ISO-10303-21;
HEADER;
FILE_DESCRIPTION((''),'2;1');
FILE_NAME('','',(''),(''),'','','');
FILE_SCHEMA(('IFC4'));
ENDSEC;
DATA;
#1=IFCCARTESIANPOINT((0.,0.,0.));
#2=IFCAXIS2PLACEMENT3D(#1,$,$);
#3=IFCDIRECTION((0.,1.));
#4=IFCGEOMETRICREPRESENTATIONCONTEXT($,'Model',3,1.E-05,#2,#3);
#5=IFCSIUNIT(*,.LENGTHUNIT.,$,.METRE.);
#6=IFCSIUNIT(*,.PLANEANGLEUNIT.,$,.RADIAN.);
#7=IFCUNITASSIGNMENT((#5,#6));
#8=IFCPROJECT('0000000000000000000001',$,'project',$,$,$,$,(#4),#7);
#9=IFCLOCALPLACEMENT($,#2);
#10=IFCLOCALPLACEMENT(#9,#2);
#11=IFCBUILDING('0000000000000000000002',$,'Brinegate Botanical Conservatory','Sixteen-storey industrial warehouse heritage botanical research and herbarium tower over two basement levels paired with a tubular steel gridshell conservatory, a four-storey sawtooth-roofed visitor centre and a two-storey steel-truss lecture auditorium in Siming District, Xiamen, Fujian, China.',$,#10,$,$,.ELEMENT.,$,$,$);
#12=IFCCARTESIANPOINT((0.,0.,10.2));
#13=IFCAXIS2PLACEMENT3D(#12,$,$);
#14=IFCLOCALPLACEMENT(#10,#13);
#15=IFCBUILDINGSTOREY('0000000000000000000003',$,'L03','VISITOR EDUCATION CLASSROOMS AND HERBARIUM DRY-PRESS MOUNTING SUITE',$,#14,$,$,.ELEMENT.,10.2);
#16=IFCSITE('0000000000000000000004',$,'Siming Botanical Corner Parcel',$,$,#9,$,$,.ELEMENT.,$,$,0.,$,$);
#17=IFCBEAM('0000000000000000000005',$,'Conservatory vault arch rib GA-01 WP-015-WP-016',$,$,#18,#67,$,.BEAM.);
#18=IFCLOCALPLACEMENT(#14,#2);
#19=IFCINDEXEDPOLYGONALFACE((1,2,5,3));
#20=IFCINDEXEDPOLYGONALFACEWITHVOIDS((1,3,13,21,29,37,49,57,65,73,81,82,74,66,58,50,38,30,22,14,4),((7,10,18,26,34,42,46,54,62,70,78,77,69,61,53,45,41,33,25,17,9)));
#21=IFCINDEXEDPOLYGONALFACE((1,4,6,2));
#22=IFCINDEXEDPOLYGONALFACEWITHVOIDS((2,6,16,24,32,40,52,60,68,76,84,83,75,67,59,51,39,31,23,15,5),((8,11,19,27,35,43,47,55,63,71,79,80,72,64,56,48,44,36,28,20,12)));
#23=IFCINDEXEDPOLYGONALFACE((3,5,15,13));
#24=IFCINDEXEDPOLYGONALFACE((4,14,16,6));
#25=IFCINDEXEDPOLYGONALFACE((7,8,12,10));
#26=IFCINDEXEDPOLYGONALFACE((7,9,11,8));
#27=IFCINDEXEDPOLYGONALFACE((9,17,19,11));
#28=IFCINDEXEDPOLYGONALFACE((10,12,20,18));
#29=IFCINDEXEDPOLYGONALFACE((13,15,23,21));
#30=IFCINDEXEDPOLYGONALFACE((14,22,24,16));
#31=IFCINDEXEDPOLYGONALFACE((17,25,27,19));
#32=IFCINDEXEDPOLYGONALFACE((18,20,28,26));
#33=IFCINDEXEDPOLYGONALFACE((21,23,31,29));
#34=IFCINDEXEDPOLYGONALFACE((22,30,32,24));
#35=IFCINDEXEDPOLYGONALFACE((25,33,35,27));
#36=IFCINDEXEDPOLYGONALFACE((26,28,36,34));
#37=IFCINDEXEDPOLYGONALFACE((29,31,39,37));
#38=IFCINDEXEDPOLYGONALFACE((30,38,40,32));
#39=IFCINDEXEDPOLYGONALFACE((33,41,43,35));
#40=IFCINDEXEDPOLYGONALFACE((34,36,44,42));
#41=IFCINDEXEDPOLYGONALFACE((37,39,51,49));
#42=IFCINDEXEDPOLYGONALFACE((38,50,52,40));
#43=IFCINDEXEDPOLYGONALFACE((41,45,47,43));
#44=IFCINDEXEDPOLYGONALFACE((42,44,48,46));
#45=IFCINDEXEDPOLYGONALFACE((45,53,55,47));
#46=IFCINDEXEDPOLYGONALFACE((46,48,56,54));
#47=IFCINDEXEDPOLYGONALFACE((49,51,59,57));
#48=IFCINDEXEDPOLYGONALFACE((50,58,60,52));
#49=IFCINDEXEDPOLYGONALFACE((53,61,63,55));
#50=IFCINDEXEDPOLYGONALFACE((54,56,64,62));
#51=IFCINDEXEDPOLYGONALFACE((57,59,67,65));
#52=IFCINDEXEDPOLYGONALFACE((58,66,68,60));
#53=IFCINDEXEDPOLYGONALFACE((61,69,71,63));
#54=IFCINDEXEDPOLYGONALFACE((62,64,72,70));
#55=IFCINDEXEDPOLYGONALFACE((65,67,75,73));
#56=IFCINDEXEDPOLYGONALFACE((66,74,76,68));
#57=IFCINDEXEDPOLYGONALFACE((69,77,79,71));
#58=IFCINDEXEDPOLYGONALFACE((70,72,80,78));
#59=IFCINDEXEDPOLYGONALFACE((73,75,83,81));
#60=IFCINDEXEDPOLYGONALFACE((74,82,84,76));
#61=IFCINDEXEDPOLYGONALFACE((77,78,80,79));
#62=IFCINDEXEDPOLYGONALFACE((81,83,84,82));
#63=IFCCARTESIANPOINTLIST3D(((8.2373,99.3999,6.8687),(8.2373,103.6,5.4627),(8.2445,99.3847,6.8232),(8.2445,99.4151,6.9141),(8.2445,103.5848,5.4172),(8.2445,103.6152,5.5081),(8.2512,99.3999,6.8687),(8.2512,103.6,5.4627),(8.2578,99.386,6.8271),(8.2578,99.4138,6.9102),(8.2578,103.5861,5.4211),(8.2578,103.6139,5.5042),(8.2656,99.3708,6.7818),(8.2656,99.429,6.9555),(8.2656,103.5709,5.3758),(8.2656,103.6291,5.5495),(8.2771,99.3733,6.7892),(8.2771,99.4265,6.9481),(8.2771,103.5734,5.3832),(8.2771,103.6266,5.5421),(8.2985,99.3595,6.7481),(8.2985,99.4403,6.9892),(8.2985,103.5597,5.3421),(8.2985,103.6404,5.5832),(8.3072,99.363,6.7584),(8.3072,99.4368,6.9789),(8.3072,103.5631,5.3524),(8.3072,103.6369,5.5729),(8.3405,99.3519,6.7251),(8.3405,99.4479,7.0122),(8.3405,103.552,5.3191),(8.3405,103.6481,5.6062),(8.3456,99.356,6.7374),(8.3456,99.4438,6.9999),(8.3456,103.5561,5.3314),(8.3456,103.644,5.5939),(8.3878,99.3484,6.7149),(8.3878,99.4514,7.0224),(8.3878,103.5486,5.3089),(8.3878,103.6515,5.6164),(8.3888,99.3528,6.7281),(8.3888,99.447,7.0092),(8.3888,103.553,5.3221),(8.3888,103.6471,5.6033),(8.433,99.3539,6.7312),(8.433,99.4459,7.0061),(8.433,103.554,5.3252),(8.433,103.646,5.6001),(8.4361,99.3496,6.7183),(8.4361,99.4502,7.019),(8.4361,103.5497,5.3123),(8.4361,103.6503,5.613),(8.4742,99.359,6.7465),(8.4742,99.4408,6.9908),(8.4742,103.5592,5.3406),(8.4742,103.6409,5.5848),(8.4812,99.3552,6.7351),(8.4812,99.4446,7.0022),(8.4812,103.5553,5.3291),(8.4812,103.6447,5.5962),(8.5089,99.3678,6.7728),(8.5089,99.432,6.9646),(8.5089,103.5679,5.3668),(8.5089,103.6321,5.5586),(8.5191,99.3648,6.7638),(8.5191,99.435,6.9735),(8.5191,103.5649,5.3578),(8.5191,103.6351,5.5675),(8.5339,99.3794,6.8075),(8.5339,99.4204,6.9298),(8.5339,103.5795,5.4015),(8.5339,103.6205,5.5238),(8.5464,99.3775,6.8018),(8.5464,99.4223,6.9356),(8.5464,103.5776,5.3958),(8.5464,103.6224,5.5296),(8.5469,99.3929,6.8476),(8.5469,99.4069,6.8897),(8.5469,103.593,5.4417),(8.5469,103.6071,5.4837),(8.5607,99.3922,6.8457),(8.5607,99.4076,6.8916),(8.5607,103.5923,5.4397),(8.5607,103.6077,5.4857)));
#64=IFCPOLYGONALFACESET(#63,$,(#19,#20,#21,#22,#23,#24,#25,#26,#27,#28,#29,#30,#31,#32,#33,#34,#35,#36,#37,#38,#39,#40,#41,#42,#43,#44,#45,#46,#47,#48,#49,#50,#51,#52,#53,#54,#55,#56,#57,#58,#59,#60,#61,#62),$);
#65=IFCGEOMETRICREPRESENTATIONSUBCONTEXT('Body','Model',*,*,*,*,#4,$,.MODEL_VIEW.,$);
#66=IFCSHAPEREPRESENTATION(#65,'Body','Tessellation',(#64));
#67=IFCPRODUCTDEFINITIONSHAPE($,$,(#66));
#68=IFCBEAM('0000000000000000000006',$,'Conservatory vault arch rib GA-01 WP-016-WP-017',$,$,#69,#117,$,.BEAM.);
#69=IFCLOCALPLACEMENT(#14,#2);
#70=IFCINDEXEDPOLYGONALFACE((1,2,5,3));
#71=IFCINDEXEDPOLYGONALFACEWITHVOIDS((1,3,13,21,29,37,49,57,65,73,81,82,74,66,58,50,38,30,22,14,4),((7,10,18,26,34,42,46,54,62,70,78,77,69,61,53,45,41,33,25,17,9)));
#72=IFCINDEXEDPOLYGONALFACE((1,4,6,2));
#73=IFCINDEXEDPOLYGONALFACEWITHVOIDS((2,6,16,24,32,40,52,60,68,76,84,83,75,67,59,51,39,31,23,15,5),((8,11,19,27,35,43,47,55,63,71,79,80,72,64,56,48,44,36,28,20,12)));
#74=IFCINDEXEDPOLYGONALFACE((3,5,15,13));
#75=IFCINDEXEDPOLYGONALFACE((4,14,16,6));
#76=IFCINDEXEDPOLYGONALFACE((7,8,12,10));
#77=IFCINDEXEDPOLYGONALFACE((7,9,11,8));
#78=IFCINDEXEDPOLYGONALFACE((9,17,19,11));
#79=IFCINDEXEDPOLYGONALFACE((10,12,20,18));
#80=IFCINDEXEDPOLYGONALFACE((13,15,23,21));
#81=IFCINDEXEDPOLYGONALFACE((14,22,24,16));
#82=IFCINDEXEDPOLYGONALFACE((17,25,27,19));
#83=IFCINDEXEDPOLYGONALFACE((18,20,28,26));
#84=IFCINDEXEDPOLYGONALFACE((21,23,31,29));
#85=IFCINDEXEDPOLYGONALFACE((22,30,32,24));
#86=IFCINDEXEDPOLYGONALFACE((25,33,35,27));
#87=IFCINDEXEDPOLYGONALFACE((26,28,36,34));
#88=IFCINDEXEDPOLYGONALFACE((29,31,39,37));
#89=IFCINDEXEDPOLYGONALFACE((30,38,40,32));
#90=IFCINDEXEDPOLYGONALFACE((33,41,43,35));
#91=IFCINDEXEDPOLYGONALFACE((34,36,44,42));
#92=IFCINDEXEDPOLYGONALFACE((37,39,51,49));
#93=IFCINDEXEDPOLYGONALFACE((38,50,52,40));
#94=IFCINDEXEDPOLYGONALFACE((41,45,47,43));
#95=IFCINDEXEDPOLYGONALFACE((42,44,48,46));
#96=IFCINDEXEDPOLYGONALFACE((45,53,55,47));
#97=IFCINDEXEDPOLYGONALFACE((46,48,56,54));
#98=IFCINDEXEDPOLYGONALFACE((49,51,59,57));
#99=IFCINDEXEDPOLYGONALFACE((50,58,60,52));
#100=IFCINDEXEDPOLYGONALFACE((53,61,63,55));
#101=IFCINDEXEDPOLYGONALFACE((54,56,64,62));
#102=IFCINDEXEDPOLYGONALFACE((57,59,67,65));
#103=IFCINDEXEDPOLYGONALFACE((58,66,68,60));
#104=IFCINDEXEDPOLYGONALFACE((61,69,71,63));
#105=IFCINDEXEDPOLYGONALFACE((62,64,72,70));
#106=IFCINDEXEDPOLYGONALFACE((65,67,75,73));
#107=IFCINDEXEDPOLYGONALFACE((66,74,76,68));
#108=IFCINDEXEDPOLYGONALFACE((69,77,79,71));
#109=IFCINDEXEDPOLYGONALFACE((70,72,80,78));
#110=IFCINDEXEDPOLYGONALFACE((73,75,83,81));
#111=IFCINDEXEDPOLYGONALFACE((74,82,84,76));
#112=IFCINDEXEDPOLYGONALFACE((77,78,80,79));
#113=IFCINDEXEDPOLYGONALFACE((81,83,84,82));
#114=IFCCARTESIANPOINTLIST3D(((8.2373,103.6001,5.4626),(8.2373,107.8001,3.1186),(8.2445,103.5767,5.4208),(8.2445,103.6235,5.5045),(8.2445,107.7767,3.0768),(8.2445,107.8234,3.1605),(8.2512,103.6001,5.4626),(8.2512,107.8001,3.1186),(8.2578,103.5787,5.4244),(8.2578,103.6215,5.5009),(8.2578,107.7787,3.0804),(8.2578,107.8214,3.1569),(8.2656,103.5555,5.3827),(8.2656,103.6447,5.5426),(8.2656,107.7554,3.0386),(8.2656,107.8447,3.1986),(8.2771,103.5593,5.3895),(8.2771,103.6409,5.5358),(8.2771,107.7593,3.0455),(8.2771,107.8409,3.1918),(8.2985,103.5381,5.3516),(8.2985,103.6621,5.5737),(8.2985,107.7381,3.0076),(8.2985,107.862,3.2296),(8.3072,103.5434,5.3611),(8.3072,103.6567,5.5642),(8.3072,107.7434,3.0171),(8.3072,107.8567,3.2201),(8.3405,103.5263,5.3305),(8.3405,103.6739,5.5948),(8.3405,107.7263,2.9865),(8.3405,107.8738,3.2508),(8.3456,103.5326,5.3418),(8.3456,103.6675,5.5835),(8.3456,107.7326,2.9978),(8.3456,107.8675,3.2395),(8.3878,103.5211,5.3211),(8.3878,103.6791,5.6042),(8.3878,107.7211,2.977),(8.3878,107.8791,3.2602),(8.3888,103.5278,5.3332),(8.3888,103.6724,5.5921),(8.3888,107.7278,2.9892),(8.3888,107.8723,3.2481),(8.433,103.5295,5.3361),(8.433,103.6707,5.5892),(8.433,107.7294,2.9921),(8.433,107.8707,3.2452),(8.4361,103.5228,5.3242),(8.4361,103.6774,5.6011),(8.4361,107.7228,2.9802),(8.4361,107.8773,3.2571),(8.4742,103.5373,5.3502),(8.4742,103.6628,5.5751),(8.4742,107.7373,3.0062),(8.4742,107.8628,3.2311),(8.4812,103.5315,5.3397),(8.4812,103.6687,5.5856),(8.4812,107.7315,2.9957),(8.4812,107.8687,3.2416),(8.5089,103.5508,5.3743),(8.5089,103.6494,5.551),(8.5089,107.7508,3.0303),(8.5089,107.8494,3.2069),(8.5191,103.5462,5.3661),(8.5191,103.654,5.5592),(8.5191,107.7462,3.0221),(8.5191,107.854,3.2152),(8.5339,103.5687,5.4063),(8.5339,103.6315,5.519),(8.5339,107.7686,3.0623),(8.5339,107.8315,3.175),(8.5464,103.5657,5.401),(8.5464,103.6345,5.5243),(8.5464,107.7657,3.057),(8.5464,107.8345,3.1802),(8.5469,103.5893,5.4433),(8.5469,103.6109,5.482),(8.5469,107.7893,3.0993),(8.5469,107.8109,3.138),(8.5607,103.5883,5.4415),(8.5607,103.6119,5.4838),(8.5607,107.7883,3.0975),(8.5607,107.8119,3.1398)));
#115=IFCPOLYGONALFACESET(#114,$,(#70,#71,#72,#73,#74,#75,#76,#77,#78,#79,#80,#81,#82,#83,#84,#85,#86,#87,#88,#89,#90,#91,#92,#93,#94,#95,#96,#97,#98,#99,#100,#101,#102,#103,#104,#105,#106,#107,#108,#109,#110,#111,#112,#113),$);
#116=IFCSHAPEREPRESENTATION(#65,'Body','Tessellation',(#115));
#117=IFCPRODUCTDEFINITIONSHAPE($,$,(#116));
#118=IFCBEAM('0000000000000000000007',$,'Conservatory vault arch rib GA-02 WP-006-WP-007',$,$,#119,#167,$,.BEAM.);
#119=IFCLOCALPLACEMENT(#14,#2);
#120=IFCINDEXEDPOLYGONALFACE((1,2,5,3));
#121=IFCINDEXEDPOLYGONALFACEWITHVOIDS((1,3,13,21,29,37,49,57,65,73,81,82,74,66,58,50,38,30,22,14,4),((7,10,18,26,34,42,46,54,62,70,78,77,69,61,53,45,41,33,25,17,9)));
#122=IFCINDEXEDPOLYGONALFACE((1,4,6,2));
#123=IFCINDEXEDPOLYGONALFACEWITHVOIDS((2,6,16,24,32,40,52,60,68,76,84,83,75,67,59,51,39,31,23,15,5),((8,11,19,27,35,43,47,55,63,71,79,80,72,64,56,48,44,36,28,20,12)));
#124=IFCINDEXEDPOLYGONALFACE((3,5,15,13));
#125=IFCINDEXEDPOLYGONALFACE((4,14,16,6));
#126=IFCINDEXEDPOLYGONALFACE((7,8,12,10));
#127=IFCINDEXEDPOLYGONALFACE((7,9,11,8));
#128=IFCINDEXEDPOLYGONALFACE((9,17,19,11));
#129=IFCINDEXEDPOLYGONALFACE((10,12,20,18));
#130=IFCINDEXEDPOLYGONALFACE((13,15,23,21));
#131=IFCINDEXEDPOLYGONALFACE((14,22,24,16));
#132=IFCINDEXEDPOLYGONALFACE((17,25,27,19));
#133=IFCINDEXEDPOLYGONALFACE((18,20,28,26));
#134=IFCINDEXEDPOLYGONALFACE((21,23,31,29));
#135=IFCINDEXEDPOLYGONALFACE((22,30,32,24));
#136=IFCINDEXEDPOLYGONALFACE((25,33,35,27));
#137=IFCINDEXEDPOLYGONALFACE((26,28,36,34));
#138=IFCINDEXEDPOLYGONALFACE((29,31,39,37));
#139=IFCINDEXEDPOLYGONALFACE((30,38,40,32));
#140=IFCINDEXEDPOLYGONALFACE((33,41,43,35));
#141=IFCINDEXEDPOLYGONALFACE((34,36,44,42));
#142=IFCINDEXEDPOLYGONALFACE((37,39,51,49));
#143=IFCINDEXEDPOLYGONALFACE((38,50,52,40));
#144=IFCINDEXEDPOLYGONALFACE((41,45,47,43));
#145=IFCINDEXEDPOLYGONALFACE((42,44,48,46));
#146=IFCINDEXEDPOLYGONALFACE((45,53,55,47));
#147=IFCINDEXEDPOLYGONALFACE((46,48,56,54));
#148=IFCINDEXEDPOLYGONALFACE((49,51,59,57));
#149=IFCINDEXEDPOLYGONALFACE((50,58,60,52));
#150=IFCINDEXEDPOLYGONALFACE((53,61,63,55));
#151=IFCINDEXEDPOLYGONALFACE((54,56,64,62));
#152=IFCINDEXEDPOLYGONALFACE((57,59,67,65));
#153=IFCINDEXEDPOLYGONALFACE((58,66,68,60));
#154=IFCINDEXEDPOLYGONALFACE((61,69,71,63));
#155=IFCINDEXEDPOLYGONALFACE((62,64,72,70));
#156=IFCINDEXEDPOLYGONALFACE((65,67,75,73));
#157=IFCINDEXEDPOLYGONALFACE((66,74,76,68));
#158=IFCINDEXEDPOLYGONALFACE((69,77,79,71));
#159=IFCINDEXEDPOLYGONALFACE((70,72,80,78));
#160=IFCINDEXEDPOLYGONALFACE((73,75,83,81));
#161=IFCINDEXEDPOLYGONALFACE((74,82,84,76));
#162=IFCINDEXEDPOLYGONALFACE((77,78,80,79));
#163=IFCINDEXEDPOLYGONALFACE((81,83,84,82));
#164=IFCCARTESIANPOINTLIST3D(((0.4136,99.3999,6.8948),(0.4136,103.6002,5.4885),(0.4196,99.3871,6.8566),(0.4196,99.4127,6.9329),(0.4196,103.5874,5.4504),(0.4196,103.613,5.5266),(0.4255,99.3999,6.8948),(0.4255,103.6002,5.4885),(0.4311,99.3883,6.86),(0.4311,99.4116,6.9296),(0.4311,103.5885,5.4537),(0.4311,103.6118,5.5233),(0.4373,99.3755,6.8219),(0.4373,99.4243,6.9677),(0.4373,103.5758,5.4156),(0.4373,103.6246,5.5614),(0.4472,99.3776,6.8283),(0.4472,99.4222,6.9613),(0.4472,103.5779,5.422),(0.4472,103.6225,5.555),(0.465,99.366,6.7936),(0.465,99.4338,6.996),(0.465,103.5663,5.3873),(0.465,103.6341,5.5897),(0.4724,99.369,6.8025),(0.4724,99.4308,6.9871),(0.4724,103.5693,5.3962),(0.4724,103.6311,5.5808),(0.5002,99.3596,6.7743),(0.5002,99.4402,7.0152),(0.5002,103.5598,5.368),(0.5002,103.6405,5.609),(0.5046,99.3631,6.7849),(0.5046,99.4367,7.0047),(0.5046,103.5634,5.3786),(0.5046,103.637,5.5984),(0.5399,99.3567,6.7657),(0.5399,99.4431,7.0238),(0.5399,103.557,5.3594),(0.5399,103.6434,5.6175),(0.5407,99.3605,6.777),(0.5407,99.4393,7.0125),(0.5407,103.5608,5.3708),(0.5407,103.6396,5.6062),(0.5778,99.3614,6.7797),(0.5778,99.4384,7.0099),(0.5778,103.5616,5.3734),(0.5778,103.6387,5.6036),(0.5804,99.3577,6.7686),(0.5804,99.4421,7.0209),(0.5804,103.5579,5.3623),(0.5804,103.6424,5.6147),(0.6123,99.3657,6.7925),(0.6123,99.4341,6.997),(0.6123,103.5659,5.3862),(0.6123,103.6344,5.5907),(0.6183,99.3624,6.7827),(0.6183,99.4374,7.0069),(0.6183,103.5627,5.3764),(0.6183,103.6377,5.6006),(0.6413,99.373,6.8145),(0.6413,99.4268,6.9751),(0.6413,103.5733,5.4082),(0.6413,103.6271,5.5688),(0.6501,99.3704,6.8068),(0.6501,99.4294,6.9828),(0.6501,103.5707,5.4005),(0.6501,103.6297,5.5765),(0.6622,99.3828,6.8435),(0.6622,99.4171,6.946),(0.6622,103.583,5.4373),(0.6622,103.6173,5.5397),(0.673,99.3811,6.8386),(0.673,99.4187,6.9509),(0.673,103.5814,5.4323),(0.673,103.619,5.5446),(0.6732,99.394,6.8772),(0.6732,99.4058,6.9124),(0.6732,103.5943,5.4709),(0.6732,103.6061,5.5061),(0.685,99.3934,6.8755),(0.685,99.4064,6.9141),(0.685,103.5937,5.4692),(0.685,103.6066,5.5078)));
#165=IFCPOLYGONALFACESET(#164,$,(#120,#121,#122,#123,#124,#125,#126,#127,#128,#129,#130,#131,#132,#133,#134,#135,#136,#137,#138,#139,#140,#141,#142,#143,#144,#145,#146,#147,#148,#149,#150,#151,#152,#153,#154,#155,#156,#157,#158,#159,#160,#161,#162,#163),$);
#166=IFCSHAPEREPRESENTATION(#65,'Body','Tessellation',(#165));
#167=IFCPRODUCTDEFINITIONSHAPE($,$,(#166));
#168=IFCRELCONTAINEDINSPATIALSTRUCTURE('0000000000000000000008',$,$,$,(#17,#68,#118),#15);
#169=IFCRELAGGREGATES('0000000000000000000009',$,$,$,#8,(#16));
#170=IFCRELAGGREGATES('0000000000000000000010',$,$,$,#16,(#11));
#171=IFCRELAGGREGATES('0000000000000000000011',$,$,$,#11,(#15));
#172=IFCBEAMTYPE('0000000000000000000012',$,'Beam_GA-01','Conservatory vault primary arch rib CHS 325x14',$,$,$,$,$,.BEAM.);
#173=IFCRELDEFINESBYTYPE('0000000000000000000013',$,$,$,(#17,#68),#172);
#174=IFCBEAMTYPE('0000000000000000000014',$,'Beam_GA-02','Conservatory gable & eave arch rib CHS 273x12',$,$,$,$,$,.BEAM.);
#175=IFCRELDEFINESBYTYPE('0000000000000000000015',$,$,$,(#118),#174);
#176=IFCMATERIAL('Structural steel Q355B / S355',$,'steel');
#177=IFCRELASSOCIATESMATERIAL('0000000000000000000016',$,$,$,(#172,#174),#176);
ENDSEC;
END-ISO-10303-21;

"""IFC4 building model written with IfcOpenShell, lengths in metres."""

from ifc_helpers import new_model, si_unit, direction, frame, origin, origin_2d, place, context, subcontext, project, spatial, hollow_circle, extrude, material, material_profile, profile_set, type_object, element, save


model = new_model("IFC4")

# Units and contexts
model_context = context("Model", 3, precision=1e-05, world=origin(), true_north=direction((0.0, 1.0)))
body_context = subcontext(model_context, "Body", "Model", "MODEL_VIEW")
ifc_project = project(units=[si_unit("LENGTHUNIT", "METRE"), si_unit("PLANEANGLEUNIT", "RADIAN")], contexts=[model_context])

# Site, building, storey
site_placement = place(None, origin())
site = spatial("IfcSite", under=ifc_project, at=site_placement, Name="Siming Botanical Corner Parcel", CompositionType="ELEMENT", RefElevation=0.0)
building_placement = place(site_placement, origin())
building = spatial("IfcBuilding", under=site, at=building_placement, Name="Brinegate Botanical Conservatory", Description="Sixteen-storey industrial warehouse heritage botanical research and herbarium tower over two basement levels paired with a tubular steel gridshell conservatory, a four-storey sawtooth-roofed visitor centre and a two-storey steel-truss lecture auditorium in Siming District, Xiamen, Fujian, China.", CompositionType="ELEMENT")
storey_placement = place(building_placement, frame((0.0, 0.0, 10.2)))
storey = spatial("IfcBuildingStorey", under=building, at=storey_placement, Name="L03", Description="VISITOR EDUCATION CLASSROOMS AND HERBARIUM DRY-PRESS MOUNTING SUITE", CompositionType="ELEMENT", Elevation=10.2)

# Beams
ifc_material_1 = material(Name="Structural steel Q355B / S355", Category="steel")
ifc_material_profile_1 = material_profile(ifc_material_1, hollow_circle(Radius=0.1626, WallThickness=0.0139, at=origin_2d()), Name="CHS 325x14")
ifc_profile_set_1 = profile_set([ifc_material_profile_1], Name="Structural steel Q355B / S355")
beam_type_1 = type_object("IfcBeamType", Name="Beam_GA-01", Description="Conservatory vault primary arch rib CHS 325x14", PredefinedType="BEAM", material=ifc_profile_set_1)
beam_1_placement = place(storey_placement, frame((8.3999, 99.3999, 6.8687), z_axis=(0.0, 0.94828, -0.317435), x_axis=(-1.0, 0.0, 0.0)))
element("IfcBeam", 1, at=beam_1_placement, inside=storey, type_object=beam_type_1, Name="Conservatory vault arch rib GA-01 WP-015-WP-016", PredefinedType="BEAM", context=body_context, shape_type="SweptSolid", body=[
    extrude(hollow_circle(Radius=0.1626, WallThickness=0.0139, at=origin_2d()), origin(), (0.0, 0.0, 1.0), 4.4292),
])
beam_2_placement = place(storey_placement, frame((8.3999, 103.6001, 5.4626), z_axis=(0.0, 0.873212, -0.48734), x_axis=(-1.0, 0.0, 0.0)))
element("IfcBeam", 2, at=beam_2_placement, inside=storey, type_object=beam_type_1, Name="Conservatory vault arch rib GA-01 WP-016-WP-017", PredefinedType="BEAM", context=body_context, shape_type="SweptSolid", body=[
    extrude(hollow_circle(Radius=0.1626, WallThickness=0.0139, at=origin_2d()), origin(), (0.0, 0.0, 1.0), 4.8098),
])
ifc_material_profile_2 = material_profile(ifc_material_1, hollow_circle(Radius=0.1365, WallThickness=0.012, at=origin_2d()), Name="CHS 273x12")
ifc_profile_set_2 = profile_set([ifc_material_profile_2], Name="Structural steel Q355B / S355")
beam_type_2 = type_object("IfcBeamType", Name="Beam_GA-02", Description="Conservatory gable & eave arch rib CHS 273x12", PredefinedType="BEAM", material=ifc_profile_set_2)
beam_3_placement = place(storey_placement, frame((0.55, 99.3999, 6.8948), z_axis=(0.0, 0.948264, -0.317484), x_axis=(-1.0, 0.0, 0.0)))
element("IfcBeam", 3, at=beam_3_placement, inside=storey, type_object=beam_type_2, Name="Conservatory vault arch rib GA-02 WP-006-WP-007", PredefinedType="BEAM", context=body_context, shape_type="SweptSolid", body=[
    extrude(hollow_circle(Radius=0.1365, WallThickness=0.012, at=origin_2d()), origin(), (0.0, 0.0, 1.0), 4.4294),
])

save(model, "model.ifc")
